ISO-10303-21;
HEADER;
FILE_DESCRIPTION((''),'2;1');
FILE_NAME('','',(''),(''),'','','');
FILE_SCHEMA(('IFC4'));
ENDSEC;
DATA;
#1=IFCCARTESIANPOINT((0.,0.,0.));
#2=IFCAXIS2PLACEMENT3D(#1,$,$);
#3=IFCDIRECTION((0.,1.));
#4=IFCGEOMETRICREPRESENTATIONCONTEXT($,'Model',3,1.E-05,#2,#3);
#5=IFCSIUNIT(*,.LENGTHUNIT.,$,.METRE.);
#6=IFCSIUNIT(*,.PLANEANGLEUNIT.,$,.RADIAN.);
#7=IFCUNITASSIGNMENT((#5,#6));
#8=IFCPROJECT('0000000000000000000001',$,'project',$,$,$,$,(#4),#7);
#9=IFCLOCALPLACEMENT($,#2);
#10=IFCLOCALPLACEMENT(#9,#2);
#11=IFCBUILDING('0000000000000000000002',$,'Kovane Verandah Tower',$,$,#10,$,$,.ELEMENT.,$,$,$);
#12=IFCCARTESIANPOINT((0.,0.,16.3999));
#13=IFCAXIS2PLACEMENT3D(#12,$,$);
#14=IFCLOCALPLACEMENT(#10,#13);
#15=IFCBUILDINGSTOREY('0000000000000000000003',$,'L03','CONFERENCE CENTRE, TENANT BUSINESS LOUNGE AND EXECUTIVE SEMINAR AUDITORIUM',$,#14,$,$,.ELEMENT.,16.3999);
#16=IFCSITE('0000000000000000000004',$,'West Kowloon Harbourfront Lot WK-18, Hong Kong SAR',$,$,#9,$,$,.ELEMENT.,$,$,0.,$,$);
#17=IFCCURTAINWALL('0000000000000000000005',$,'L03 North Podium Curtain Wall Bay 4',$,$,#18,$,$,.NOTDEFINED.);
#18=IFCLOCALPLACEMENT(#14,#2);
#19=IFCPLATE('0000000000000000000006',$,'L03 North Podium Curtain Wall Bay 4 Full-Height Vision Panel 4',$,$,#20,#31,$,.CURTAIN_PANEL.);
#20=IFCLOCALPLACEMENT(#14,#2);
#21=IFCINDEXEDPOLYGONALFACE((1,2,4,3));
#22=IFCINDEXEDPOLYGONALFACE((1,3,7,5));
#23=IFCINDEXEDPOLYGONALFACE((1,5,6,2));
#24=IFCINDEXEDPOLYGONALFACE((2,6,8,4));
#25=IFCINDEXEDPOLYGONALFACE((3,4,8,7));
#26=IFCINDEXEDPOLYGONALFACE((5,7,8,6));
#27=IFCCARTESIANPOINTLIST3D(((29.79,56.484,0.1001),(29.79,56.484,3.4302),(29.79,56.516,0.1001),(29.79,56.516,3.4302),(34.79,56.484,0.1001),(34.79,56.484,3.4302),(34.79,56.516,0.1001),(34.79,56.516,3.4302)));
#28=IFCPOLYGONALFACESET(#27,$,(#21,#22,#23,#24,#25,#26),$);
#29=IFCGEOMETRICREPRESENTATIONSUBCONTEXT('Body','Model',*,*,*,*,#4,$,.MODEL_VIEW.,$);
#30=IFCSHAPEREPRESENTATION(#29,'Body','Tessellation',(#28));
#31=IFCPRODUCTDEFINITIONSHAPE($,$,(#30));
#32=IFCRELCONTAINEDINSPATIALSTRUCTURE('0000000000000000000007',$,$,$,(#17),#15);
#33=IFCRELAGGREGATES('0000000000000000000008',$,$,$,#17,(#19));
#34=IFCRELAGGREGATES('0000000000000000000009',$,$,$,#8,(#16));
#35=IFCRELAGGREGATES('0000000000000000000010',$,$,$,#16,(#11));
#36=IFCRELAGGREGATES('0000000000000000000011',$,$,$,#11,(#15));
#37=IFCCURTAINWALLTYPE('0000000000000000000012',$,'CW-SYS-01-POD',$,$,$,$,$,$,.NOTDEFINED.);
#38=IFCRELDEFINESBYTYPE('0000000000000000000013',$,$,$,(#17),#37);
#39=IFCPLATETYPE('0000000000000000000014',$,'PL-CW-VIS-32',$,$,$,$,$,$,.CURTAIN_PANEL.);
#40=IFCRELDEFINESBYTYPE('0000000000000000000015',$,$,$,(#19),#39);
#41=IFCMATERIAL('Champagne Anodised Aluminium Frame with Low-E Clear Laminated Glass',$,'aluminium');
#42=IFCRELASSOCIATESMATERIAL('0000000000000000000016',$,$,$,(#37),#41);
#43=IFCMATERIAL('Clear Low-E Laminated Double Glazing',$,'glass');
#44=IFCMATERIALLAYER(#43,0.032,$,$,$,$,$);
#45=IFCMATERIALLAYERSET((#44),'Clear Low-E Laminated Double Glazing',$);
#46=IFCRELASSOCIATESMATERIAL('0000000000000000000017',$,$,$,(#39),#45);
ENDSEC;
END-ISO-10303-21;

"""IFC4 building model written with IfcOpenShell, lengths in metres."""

from ifc_helpers import new_model, si_unit, direction, frame, origin, origin_2d, place, context, subcontext, project, spatial, rectangle, extrude, material, layer, layer_set, type_object, element, aggregate, save


model = new_model("IFC4")

# Units and contexts
model_context = context("Model", 3, precision=1e-05, world=origin(), true_north=direction((0.0, 1.0)))
body_context = subcontext(model_context, "Body", "Model", "MODEL_VIEW")
ifc_project = project(units=[si_unit("LENGTHUNIT", "METRE"), si_unit("PLANEANGLEUNIT", "RADIAN")], contexts=[model_context])

# Site, building, storey
site_placement = place(None, origin())
site = spatial("IfcSite", under=ifc_project, at=site_placement, Name="West Kowloon Harbourfront Lot WK-18, Hong Kong SAR", CompositionType="ELEMENT", RefElevation=0.0)
building_placement = place(site_placement, origin())
building = spatial("IfcBuilding", under=site, at=building_placement, Name="Kovane Verandah Tower", CompositionType="ELEMENT")
storey_placement = place(building_placement, frame((0.0, 0.0, 16.3999)))
storey = spatial("IfcBuildingStorey", under=building, at=storey_placement, Name="L03", Description="CONFERENCE CENTRE, TENANT BUSINESS LOUNGE AND EXECUTIVE SEMINAR AUDITORIUM", CompositionType="ELEMENT", Elevation=16.3999)

# Curtain wall
ifc_material_1 = material(Name="Champagne Anodised Aluminium Frame with Low-E Clear Laminated Glass", Category="aluminium")
curtain_wall_type = type_object("IfcCurtainWallType", Name="CW-SYS-01-POD", PredefinedType="NOTDEFINED", material=ifc_material_1)
curtain_wall_1_placement = place(storey_placement, origin())
curtain_wall_1 = element("IfcCurtainWall", 1, at=curtain_wall_1_placement, inside=storey, type_object=curtain_wall_type, Name="L03 North Podium Curtain Wall Bay 4", PredefinedType="NOTDEFINED")

# Plate
ifc_material_2 = material(Name="Clear Low-E Laminated Double Glazing", Category="glass")
ifc_layer = layer(ifc_material_2, 0.032)
ifc_layer_set = layer_set([ifc_layer], Name="Clear Low-E Laminated Double Glazing")
plate_type = type_object("IfcPlateType", Name="PL-CW-VIS-32", PredefinedType="CURTAIN_PANEL", material=ifc_layer_set)
plate_1_placement = place(storey_placement, frame((32.29, 56.5, 0.1001), z_axis=(0.0, 0.0, 1.0), x_axis=(-1.0, 0.0, 0.0)))
plate_1 = element("IfcPlate", 2, at=plate_1_placement, type_object=plate_type, Name="L03 North Podium Curtain Wall Bay 4 Full-Height Vision Panel 4", PredefinedType="CURTAIN_PANEL", context=body_context, shape_type="SweptSolid", body=[
    extrude(rectangle(XDim=5.0, YDim=0.032, at=origin_2d()), origin(), (0.0, 0.0, 1.0), 3.3301),
])
aggregate(curtain_wall_1, [plate_1])

save(model, "model.ifc")
